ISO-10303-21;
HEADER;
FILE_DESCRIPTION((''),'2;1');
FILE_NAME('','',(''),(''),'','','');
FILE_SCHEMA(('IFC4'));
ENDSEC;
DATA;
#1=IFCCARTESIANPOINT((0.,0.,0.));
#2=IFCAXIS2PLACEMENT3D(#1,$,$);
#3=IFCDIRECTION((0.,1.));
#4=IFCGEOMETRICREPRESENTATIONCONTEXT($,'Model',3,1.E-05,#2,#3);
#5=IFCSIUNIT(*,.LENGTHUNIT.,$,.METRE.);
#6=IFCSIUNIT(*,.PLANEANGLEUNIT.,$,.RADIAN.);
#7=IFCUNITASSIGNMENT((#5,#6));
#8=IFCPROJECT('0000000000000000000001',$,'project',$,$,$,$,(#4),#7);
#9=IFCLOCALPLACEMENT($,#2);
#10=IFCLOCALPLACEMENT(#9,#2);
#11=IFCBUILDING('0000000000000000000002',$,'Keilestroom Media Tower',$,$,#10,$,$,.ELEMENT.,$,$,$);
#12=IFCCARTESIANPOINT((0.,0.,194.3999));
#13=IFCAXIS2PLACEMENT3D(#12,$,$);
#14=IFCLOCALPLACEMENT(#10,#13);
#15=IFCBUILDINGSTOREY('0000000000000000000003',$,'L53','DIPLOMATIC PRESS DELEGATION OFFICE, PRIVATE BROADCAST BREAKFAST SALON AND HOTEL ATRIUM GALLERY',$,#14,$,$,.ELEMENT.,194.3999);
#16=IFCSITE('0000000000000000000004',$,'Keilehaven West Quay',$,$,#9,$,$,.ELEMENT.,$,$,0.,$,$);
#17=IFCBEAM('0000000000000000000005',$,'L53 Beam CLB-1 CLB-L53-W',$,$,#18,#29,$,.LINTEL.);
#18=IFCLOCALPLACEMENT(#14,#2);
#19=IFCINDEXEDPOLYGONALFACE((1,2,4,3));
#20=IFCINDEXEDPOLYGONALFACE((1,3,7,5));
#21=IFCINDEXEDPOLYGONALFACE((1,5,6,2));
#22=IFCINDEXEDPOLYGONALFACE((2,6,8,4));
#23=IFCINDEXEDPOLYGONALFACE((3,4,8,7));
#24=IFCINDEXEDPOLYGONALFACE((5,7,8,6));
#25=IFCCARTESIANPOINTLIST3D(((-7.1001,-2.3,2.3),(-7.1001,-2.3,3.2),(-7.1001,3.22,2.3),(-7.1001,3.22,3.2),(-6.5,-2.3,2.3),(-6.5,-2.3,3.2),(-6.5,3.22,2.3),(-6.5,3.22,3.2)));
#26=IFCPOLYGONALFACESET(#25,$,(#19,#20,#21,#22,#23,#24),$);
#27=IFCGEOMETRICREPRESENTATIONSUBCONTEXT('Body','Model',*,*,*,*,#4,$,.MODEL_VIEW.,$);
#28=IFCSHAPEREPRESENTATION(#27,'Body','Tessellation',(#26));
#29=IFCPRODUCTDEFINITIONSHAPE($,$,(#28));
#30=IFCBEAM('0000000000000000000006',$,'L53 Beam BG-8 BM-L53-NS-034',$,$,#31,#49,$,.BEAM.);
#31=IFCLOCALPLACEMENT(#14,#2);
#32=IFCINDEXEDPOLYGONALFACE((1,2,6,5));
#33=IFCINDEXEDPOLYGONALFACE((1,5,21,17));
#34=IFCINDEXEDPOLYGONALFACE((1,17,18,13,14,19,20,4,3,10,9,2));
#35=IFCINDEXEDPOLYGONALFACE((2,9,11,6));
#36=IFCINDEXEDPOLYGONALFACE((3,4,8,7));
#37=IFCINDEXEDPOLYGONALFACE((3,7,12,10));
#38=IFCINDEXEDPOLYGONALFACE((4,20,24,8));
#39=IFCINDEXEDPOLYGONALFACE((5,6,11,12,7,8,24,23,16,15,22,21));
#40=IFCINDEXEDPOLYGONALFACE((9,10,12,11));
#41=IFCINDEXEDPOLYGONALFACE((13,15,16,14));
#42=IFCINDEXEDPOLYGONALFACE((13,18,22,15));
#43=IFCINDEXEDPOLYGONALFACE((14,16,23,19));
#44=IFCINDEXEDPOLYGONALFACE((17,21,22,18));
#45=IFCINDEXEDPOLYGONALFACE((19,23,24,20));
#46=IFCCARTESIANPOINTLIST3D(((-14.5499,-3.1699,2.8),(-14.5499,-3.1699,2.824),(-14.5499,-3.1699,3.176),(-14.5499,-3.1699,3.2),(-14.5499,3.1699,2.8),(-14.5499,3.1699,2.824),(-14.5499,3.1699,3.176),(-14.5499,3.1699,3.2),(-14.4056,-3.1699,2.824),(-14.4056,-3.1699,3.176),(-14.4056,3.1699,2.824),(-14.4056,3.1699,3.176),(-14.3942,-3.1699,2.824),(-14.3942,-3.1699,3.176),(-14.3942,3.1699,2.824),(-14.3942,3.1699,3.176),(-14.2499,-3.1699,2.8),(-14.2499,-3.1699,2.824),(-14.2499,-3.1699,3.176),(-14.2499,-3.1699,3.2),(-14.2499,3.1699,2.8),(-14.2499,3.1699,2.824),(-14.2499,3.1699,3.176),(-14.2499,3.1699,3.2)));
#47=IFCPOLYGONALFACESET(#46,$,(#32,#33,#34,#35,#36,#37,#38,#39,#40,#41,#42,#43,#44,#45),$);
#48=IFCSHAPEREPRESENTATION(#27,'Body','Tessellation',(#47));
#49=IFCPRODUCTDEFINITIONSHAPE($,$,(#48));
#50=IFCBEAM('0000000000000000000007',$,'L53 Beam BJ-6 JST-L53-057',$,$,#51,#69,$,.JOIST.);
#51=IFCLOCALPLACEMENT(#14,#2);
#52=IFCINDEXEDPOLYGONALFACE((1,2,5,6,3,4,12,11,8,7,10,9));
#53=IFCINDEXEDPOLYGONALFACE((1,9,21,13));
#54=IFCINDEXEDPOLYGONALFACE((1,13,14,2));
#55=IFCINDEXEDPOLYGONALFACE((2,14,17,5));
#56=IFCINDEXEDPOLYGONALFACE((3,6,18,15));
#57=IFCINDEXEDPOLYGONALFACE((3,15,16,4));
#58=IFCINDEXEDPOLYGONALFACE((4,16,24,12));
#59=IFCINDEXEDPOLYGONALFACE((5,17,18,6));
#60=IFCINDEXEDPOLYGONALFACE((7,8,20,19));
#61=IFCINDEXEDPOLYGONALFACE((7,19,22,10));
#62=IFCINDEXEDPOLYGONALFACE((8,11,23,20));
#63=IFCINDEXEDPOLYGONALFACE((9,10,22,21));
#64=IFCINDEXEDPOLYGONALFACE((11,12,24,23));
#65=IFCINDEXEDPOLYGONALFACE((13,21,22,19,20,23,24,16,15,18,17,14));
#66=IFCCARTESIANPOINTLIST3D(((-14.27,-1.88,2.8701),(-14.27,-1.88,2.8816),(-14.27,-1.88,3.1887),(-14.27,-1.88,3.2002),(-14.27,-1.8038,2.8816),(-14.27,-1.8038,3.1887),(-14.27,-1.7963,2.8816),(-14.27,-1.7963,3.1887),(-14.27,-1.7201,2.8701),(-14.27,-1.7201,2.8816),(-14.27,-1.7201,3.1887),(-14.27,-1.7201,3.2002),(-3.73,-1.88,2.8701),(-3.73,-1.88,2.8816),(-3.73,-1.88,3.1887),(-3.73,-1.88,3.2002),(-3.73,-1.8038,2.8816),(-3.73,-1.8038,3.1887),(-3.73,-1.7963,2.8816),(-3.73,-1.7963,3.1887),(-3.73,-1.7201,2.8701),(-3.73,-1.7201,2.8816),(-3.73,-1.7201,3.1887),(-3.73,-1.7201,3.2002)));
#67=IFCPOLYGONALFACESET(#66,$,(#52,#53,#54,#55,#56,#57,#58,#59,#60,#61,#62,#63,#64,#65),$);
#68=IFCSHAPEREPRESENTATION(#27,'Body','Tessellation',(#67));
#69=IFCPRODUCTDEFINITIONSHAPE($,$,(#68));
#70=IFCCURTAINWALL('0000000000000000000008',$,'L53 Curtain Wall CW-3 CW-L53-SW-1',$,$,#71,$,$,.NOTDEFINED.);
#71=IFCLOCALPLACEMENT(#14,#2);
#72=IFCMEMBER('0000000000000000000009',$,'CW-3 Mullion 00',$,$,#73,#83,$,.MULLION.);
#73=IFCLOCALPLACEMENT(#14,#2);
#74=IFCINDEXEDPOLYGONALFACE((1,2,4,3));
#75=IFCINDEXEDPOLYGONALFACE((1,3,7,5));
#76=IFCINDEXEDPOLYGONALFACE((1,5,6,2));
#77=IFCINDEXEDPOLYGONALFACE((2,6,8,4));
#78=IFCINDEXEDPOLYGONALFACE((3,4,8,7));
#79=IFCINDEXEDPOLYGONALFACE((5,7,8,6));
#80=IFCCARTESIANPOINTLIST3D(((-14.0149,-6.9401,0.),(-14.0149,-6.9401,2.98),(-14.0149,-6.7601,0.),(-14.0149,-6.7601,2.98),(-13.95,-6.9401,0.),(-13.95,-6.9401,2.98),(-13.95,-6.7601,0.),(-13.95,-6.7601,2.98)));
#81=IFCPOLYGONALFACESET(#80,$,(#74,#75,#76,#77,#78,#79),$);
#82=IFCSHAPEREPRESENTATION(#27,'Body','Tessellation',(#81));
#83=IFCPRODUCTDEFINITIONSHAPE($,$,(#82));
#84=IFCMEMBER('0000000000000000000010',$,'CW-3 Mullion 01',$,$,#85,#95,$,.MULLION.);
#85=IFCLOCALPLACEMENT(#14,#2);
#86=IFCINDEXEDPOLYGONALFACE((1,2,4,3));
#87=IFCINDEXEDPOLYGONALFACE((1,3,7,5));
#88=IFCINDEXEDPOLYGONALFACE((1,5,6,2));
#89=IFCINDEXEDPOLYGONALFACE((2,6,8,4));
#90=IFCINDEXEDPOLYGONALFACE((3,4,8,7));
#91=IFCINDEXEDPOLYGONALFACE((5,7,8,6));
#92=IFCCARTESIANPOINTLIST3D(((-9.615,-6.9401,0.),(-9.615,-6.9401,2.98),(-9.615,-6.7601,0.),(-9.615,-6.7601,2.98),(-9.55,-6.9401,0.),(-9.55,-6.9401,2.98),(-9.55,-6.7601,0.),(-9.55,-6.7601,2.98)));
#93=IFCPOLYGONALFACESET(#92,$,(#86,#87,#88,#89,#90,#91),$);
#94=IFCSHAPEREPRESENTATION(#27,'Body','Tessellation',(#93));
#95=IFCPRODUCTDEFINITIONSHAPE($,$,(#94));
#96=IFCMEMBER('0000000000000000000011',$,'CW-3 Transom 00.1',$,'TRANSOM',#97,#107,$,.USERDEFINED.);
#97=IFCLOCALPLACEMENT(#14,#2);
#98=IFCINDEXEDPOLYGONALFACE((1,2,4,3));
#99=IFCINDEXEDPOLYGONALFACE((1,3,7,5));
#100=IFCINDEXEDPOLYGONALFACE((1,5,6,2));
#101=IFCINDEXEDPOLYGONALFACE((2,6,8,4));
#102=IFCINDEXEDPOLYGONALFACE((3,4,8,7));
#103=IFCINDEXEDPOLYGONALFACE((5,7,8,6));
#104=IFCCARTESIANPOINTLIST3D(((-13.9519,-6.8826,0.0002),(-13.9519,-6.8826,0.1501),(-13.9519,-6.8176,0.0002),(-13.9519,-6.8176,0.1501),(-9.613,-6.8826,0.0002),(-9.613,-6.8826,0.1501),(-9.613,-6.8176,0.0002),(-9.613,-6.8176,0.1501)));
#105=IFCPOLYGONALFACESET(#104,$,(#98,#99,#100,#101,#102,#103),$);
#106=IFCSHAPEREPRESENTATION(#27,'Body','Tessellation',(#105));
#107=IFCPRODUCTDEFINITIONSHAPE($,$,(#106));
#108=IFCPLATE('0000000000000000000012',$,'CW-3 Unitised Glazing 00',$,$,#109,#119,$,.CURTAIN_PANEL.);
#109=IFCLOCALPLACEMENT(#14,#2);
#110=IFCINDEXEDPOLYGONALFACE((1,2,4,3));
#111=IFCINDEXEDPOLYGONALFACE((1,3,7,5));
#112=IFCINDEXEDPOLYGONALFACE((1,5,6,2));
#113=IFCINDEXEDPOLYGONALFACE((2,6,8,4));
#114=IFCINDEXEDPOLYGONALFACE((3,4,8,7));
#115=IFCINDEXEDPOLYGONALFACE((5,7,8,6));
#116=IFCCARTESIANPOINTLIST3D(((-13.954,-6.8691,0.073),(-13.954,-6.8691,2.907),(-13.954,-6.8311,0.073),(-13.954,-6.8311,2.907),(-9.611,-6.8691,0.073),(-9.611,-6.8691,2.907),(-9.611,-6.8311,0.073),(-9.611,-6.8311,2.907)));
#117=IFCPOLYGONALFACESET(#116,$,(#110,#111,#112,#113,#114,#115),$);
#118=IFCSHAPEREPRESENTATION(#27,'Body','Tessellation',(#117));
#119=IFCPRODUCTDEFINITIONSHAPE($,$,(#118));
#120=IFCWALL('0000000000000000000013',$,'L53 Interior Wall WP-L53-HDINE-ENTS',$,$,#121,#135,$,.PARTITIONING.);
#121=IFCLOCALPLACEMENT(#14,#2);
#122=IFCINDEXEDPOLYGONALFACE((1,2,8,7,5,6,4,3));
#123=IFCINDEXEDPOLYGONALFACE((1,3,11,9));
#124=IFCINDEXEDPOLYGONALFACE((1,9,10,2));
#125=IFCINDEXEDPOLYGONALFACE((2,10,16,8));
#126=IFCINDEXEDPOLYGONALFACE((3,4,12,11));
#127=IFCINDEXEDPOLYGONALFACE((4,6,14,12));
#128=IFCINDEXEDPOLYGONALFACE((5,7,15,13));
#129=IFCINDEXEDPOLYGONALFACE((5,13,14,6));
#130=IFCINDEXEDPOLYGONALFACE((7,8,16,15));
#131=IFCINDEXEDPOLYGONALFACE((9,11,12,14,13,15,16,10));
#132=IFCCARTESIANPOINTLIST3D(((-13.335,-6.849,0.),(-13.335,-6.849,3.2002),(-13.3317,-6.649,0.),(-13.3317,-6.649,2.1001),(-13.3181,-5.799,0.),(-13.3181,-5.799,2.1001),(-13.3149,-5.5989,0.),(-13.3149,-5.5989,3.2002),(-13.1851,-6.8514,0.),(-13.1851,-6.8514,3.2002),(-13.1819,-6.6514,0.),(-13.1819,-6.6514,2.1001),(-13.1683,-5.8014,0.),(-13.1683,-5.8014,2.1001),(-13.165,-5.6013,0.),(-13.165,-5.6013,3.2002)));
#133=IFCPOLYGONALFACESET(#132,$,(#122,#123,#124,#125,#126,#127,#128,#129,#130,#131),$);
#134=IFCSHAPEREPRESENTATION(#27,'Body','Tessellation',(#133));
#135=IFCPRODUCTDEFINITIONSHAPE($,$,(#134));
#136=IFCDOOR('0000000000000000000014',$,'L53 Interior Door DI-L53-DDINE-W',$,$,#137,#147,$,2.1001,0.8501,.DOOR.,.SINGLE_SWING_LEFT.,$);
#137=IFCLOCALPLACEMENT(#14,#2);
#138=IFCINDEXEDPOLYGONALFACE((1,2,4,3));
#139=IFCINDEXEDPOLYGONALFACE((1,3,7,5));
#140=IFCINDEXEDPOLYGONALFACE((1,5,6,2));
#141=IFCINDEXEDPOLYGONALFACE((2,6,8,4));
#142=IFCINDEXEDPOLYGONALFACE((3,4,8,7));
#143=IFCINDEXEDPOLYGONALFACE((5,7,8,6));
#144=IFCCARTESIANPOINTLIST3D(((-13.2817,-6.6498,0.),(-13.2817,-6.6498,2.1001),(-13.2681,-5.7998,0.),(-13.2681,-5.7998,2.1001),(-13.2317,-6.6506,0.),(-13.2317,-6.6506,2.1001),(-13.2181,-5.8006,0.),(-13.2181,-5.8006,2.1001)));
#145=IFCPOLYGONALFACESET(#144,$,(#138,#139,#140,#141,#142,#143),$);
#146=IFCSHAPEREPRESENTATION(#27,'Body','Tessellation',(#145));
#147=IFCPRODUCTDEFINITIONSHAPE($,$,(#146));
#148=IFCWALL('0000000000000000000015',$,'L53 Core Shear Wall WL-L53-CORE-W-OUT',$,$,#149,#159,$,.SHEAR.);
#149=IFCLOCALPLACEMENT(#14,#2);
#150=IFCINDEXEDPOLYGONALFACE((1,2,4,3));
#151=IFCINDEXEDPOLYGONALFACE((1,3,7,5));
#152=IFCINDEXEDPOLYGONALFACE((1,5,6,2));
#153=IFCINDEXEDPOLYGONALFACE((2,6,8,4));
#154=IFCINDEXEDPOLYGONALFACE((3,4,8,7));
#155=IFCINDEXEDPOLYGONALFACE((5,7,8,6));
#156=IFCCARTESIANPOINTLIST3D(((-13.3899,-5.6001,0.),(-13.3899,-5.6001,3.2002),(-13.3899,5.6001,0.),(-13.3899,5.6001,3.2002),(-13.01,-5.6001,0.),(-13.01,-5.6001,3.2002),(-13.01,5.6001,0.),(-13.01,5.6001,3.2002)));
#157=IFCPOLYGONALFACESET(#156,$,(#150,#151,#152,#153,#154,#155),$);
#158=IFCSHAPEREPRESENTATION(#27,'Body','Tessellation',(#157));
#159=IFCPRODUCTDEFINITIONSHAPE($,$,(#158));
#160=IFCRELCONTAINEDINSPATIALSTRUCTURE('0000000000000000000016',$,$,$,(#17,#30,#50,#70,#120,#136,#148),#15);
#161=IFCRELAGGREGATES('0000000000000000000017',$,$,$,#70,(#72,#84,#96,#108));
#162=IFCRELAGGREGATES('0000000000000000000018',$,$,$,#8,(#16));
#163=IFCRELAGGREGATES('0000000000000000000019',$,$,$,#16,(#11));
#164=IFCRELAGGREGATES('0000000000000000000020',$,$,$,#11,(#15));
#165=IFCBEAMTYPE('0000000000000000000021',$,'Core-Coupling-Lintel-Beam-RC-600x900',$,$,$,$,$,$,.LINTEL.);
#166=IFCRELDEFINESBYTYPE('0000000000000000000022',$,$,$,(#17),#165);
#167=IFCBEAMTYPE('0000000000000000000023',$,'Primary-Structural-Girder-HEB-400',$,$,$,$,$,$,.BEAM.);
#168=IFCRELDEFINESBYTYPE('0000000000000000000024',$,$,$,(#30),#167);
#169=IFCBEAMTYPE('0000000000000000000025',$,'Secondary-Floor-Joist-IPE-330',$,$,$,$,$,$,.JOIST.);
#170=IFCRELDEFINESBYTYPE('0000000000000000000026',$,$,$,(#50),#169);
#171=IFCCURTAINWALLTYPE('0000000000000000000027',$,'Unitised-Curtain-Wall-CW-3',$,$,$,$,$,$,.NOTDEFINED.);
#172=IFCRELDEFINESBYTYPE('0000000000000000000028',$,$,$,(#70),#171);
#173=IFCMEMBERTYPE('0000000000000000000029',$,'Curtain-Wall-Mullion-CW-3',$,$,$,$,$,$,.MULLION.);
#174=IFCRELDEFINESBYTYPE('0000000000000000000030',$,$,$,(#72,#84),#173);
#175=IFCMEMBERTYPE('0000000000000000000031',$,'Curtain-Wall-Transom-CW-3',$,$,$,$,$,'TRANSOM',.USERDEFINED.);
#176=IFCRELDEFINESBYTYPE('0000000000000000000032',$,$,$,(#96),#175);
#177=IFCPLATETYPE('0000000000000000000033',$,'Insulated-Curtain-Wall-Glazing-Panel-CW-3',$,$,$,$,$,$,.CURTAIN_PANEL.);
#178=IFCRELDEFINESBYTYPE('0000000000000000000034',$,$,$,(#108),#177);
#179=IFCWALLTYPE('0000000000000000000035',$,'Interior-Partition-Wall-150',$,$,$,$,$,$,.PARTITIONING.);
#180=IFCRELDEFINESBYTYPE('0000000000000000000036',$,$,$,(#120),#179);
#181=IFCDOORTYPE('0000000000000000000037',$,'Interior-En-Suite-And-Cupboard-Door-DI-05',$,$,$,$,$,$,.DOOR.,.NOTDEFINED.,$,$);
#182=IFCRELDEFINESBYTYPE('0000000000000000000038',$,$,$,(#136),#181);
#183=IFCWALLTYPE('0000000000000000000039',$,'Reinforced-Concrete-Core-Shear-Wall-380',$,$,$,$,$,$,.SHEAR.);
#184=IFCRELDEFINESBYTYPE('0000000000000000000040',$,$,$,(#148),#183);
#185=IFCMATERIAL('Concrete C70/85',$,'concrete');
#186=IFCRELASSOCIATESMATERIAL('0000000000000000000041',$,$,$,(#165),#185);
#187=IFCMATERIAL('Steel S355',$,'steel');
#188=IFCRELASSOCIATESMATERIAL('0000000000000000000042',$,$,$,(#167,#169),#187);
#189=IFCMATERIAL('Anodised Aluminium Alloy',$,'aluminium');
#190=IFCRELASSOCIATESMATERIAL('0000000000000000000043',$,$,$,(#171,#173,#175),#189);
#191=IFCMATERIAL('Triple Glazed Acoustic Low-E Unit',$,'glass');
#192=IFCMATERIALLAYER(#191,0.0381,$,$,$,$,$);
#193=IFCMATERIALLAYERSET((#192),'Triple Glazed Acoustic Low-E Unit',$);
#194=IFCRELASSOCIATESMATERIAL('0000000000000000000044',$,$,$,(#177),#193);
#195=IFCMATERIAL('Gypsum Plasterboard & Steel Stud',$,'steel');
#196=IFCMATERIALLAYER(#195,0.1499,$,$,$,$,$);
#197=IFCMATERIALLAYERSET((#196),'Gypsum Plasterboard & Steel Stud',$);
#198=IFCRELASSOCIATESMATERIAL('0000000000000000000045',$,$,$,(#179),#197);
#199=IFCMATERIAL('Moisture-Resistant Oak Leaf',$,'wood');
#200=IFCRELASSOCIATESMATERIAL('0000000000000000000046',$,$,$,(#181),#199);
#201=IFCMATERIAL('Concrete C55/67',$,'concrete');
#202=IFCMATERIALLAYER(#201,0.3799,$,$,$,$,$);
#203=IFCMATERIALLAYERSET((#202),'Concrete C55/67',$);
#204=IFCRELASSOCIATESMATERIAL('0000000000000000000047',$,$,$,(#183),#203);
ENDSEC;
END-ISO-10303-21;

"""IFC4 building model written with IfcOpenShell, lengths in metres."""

from ifc_helpers import new_model, si_unit, direction, frame, frame_2d, origin, origin_2d, place, context, subcontext, project, spatial, rectangle, i_section, extrude, source, transform, mapped, material, layer, layer_set, material_profile, profile_set, type_object, element, fill, aggregate, save


model = new_model("IFC4")

# Units and contexts
model_context = context("Model", 3, precision=1e-05, world=origin(), true_north=direction((0.0, 1.0)))
body_context = subcontext(model_context, "Body", "Model", "MODEL_VIEW")
ifc_project = project(units=[si_unit("LENGTHUNIT", "METRE"), si_unit("PLANEANGLEUNIT", "RADIAN")], contexts=[model_context])

# Site, building, storey
site_placement = place(None, origin())
site = spatial("IfcSite", under=ifc_project, at=site_placement, Name="Keilehaven West Quay", CompositionType="ELEMENT", RefElevation=0.0)
building_placement = place(site_placement, origin())
building = spatial("IfcBuilding", under=site, at=building_placement, Name="Keilestroom Media Tower", CompositionType="ELEMENT")
storey_placement = place(building_placement, frame((0.0, 0.0, 194.3999)))
storey = spatial("IfcBuildingStorey", under=building, at=storey_placement, Name="L53", Description="DIPLOMATIC PRESS DELEGATION OFFICE, PRIVATE BROADCAST BREAKFAST SALON AND HOTEL ATRIUM GALLERY", CompositionType="ELEMENT", Elevation=194.3999)

# Beams
ifc_material_1 = material(Name="Concrete C70/85", Category="concrete")
ifc_material_profile_1 = material_profile(ifc_material_1, rectangle(XDim=0.6001, YDim=0.8999, at=origin_2d()), Name="RC 600x900")
ifc_profile_set_1 = profile_set([ifc_material_profile_1], Name="Concrete C70/85")
beam_type_1 = type_object("IfcBeamType", Name="Core-Coupling-Lintel-Beam-RC-600x900", PredefinedType="LINTEL", material=ifc_profile_set_1)
shared_shape_1 = source(origin(), body_context, "Body", "SweptSolid", [
    extrude(rectangle(XDim=0.6001, YDim=0.8999, at=origin_2d()), origin(), (0.0, 0.0, 1.0), 5.52),
])
beam_1_placement = place(storey_placement, frame((-6.8, -2.3, 2.75), z_axis=(0.0, 1.0, 0.0), x_axis=(-1.0, 0.0, 0.0)))
element("IfcBeam", 1, at=beam_1_placement, inside=storey, type_object=beam_type_1, Name="L53 Beam CLB-1 CLB-L53-W", PredefinedType="LINTEL", context=body_context, shape_type="MappedRepresentation", body=[
    mapped(shared_shape_1, transform((0.0, 0.0, 0.0), x_axis=(1.0, 0.0, 0.0), y_axis=(0.0, 1.0, 0.0), z_axis=(0.0, 0.0, 1.0), scale=1.0)),
])
ifc_material_2 = material(Name="Steel S355", Category="steel")
ifc_material_profile_2 = material_profile(ifc_material_2, i_section(OverallWidth=0.3, OverallDepth=0.3999, WebThickness=0.0115, FlangeThickness=0.0239, at=origin_2d()), Name="HEB 400")
ifc_profile_set_2 = profile_set([ifc_material_profile_2], Name="Steel S355")
beam_type_2 = type_object("IfcBeamType", Name="Primary-Structural-Girder-HEB-400", PredefinedType="BEAM", material=ifc_profile_set_2)
shared_shape_2 = source(origin(), body_context, "Body", "SweptSolid", [
    extrude(i_section(OverallWidth=0.3, OverallDepth=0.3999, WebThickness=0.0115, FlangeThickness=0.0239, at=origin_2d()), origin(), (0.0, 0.0, 1.0), 6.3398),
])
beam_2_placement = place(storey_placement, frame((-14.3999, -3.1699, 3.0), z_axis=(0.0, 1.0, 0.0), x_axis=(-1.0, 0.0, 0.0)))
element("IfcBeam", 2, at=beam_2_placement, inside=storey, type_object=beam_type_2, Name="L53 Beam BG-8 BM-L53-NS-034", PredefinedType="BEAM", context=body_context, shape_type="MappedRepresentation", body=[
    mapped(shared_shape_2, transform((0.0, 0.0, 0.0), x_axis=(1.0, 0.0, 0.0), y_axis=(0.0, 1.0, 0.0), z_axis=(0.0, 0.0, 1.0), scale=1.0)),
])
ifc_material_profile_3 = material_profile(ifc_material_2, i_section(OverallWidth=0.1599, OverallDepth=0.3301, WebThickness=0.0076, FlangeThickness=0.0115, at=origin_2d()), Name="IPE 330")
ifc_profile_set_3 = profile_set([ifc_material_profile_3], Name="Steel S355")
beam_type_3 = type_object("IfcBeamType", Name="Secondary-Floor-Joist-IPE-330", PredefinedType="JOIST", material=ifc_profile_set_3)
shared_shape_3 = source(origin(), body_context, "Body", "SweptSolid", [
    extrude(i_section(OverallWidth=0.1599, OverallDepth=0.3301, WebThickness=0.0076, FlangeThickness=0.0115, at=origin_2d()), origin(), (0.0, 0.0, 1.0), 10.54),
])
beam_3_placement = place(storey_placement, frame((-14.27, -1.8, 3.0352), z_axis=(1.0, 0.0, 0.0), x_axis=(0.0, 1.0, 0.0)))
element("IfcBeam", 3, at=beam_3_placement, inside=storey, type_object=beam_type_3, Name="L53 Beam BJ-6 JST-L53-057", PredefinedType="JOIST", context=body_context, shape_type="MappedRepresentation", body=[
    mapped(shared_shape_3, transform((0.0, 0.0, 0.0), x_axis=(1.0, 0.0, 0.0), y_axis=(0.0, 1.0, 0.0), z_axis=(0.0, 0.0, 1.0), scale=1.0)),
])

# Curtain wall, members, plate
ifc_material_3 = material(Name="Anodised Aluminium Alloy", Category="aluminium")
curtain_wall_type = type_object("IfcCurtainWallType", Name="Unitised-Curtain-Wall-CW-3", PredefinedType="NOTDEFINED", material=ifc_material_3)
curtain_wall_placement = place(storey_placement, origin())
curtain_wall = element("IfcCurtainWall", 4, at=curtain_wall_placement, inside=storey, type_object=curtain_wall_type, Name="L53 Curtain Wall CW-3 CW-L53-SW-1", PredefinedType="NOTDEFINED")
ifc_material_profile_4 = material_profile(ifc_material_3, rectangle(XDim=0.0649, YDim=0.1799, at=origin_2d()), Name="ALU MULLION 65x180")
ifc_profile_set_4 = profile_set([ifc_material_profile_4], Name="Anodised Aluminium Alloy")
member_type_1 = type_object("IfcMemberType", Name="Curtain-Wall-Mullion-CW-3", PredefinedType="MULLION", material=ifc_profile_set_4)
shared_shape_4 = source(origin(), body_context, "Body", "SweptSolid", [
    extrude(rectangle(XDim=0.0649, YDim=0.1799, at=origin_2d()), origin(), (0.0, 0.0, 1.0), 2.98),
])
member_1_placement = place(storey_placement, frame((-13.9824, -6.8501, 0.0), z_axis=(0.0, 0.0, 1.0), x_axis=(1.0, 0.0, 0.0)))
member_1 = element("IfcMember", 5, at=member_1_placement, type_object=member_type_1, Name="CW-3 Mullion 00", PredefinedType="MULLION", context=body_context, shape_type="MappedRepresentation", body=[
    mapped(shared_shape_4, transform((0.0, 0.0, 0.0), x_axis=(1.0, 0.0, 0.0), y_axis=(0.0, 1.0, 0.0), z_axis=(0.0, 0.0, 1.0), scale=1.0)),
])
member_2_placement = place(storey_placement, frame((-9.5825, -6.8501, 0.0), z_axis=(0.0, 0.0, 1.0), x_axis=(1.0, 0.0, 0.0)))
member_2 = element("IfcMember", 6, at=member_2_placement, type_object=member_type_1, Name="CW-3 Mullion 01", PredefinedType="MULLION", context=body_context, shape_type="MappedRepresentation", body=[
    mapped(shared_shape_4, transform((0.0, 0.0, 0.0), x_axis=(1.0, 0.0, 0.0), y_axis=(0.0, 1.0, 0.0), z_axis=(0.0, 0.0, 1.0), scale=1.0)),
])
ifc_material_profile_5 = material_profile(ifc_material_3, rectangle(XDim=0.0649, YDim=0.1499, at=origin_2d()), Name="ALU TRANSOM 65x150")
ifc_profile_set_5 = profile_set([ifc_material_profile_5], Name="Anodised Aluminium Alloy")
member_type_2 = type_object("IfcMemberType", Name="Curtain-Wall-Transom-CW-3", ElementType="TRANSOM", PredefinedType="USERDEFINED", material=ifc_profile_set_5)
shared_shape_5 = source(origin(), body_context, "Body", "SweptSolid", [
    extrude(rectangle(XDim=0.0649, YDim=0.1499, at=origin_2d()), origin(), (0.0, 0.0, 1.0), 4.3389),
])
member_3_placement = place(storey_placement, frame((-13.9519, -6.8501, 0.0752), z_axis=(1.0, 0.0, 0.0), x_axis=(0.0, 1.0, 0.0)))
member_3 = element("IfcMember", 7, at=member_3_placement, type_object=member_type_2, Name="CW-3 Transom 00.1", ObjectType="TRANSOM", PredefinedType="USERDEFINED", context=body_context, shape_type="MappedRepresentation", body=[
    mapped(shared_shape_5, transform((0.0, 0.0, 0.0), x_axis=(1.0, 0.0, 0.0), y_axis=(0.0, 1.0, 0.0), z_axis=(0.0, 0.0, 1.0), scale=1.0)),
])
ifc_material_4 = material(Name="Triple Glazed Acoustic Low-E Unit", Category="glass")
ifc_layer_1 = layer(ifc_material_4, 0.0381)
ifc_layer_set_1 = layer_set([ifc_layer_1], Name="Triple Glazed Acoustic Low-E Unit")
plate_type = type_object("IfcPlateType", Name="Insulated-Curtain-Wall-Glazing-Panel-CW-3", PredefinedType="CURTAIN_PANEL", material=ifc_layer_set_1)
shared_shape_6 = source(origin(), body_context, "Body", "SweptSolid", [
    extrude(rectangle(XDim=4.343, YDim=0.0381, at=origin_2d()), origin(), (0.0, 0.0, 1.0), 2.834),
])
plate_placement = place(storey_placement, frame((-11.7825, -6.8501, 0.073), z_axis=(0.0, 0.0, 1.0), x_axis=(1.0, 0.0, 0.0)))
plate = element("IfcPlate", 8, at=plate_placement, type_object=plate_type, Name="CW-3 Unitised Glazing 00", PredefinedType="CURTAIN_PANEL", context=body_context, shape_type="MappedRepresentation", body=[
    mapped(shared_shape_6, transform((0.0, 0.0, 0.0), x_axis=(1.0, 0.0, 0.0), y_axis=(0.0, 1.0, 0.0), z_axis=(0.0, 0.0, 1.0), scale=1.0)),
])
aggregate(curtain_wall, [member_1, member_2, member_3, plate])

# Wall, opening, door
ifc_material_5 = material(Name="Gypsum Plasterboard & Steel Stud", Category="steel")
ifc_layer_2 = layer(ifc_material_5, 0.1499)
ifc_layer_set_2 = layer_set([ifc_layer_2], Name="Gypsum Plasterboard & Steel Stud")
wall_type_1 = type_object("IfcWallType", Name="Interior-Partition-Wall-150", PredefinedType="PARTITIONING", material=ifc_layer_set_2)
wall_1_placement = place(storey_placement, frame((-13.26, -6.8501, 0.0), z_axis=(0.0, 0.0, 1.0), x_axis=(0.016014, 0.999872, 0.0)))
wall_1 = element("IfcWall", 9, at=wall_1_placement, inside=storey, type_object=wall_type_1, Name="L53 Interior Wall WP-L53-HDINE-ENTS", PredefinedType="PARTITIONING", context=body_context, shape_type="SweptSolid", body=[
    extrude(rectangle(XDim=1.2502, YDim=0.1499, at=frame_2d((0.625, 0.0))), origin(), (0.0, 0.0, 1.0), 3.2002),
])
opening_1_placement = place(wall_1_placement, frame((0.2, 0.0, 0.0)))
opening_1 = element("IfcOpeningElement", 10, at=opening_1_placement, cuts=wall_1, PredefinedType="OPENING", context=body_context, shape_type="SweptSolid", body=[
    extrude(rectangle(XDim=0.8501, YDim=2.1001, at=frame_2d((0.425, 1.05))), frame((0.0, 0.085, 0.0), z_axis=(0.0, -1.0, 0.0), x_axis=(1.0, 0.0, 0.0)), (0.0, 0.0, 1.0), 0.1699),
])
ifc_material_6 = material(Name="Moisture-Resistant Oak Leaf", Category="wood")
door_type_1 = type_object("IfcDoorType", Name="Interior-En-Suite-And-Cupboard-Door-DI-05", OperationType="NOTDEFINED", PredefinedType="DOOR", material=ifc_material_6)
shared_shape_7 = source(origin(), body_context, "Body", "SweptSolid", [
    extrude(rectangle(XDim=0.8501, YDim=2.1001, at=frame_2d((0.425, 1.05))), frame((0.0, 0.0249, 0.0), z_axis=(0.0, -1.0, 0.0), x_axis=(1.0, 0.0, 0.0)), (0.0, 0.0, 1.0), 0.05),
])
door_1_placement = place(opening_1_placement, origin())
door_1 = element("IfcDoor", 11, at=door_1_placement, inside=storey, type_object=door_type_1, Name="L53 Interior Door DI-L53-DDINE-W", OperationType="SINGLE_SWING_LEFT", OverallHeight=2.1001, OverallWidth=0.8501, PredefinedType="DOOR", context=body_context, shape_type="MappedRepresentation", body=[
    mapped(shared_shape_7, transform((0.0, 0.0, 0.0), x_axis=(1.0, 0.0, 0.0), y_axis=(0.0, 1.0, 0.0), z_axis=(0.0, 0.0, 1.0), scale=1.0)),
])
fill(opening_1, door_1)

# Wall
ifc_material_7 = material(Name="Concrete C55/67", Category="concrete")
ifc_layer_3 = layer(ifc_material_7, 0.3799)
ifc_layer_set_3 = layer_set([ifc_layer_3], Name="Concrete C55/67")
wall_type_2 = type_object("IfcWallType", Name="Reinforced-Concrete-Core-Shear-Wall-380", PredefinedType="SHEAR", material=ifc_layer_set_3)
wall_2_placement = place(storey_placement, frame((-13.2, -5.6001, 0.0), z_axis=(0.0, 0.0, 1.0), x_axis=(0.0, 1.0, 0.0)))
element("IfcWall", 12, at=wall_2_placement, inside=storey, type_object=wall_type_2, Name="L53 Core Shear Wall WL-L53-CORE-W-OUT", PredefinedType="SHEAR", context=body_context, shape_type="SweptSolid", body=[
    extrude(rectangle(XDim=11.2002, YDim=0.3799, at=frame_2d((5.6001, 0.0))), origin(), (0.0, 0.0, 1.0), 3.2002),
])

save(model, "model.ifc")
